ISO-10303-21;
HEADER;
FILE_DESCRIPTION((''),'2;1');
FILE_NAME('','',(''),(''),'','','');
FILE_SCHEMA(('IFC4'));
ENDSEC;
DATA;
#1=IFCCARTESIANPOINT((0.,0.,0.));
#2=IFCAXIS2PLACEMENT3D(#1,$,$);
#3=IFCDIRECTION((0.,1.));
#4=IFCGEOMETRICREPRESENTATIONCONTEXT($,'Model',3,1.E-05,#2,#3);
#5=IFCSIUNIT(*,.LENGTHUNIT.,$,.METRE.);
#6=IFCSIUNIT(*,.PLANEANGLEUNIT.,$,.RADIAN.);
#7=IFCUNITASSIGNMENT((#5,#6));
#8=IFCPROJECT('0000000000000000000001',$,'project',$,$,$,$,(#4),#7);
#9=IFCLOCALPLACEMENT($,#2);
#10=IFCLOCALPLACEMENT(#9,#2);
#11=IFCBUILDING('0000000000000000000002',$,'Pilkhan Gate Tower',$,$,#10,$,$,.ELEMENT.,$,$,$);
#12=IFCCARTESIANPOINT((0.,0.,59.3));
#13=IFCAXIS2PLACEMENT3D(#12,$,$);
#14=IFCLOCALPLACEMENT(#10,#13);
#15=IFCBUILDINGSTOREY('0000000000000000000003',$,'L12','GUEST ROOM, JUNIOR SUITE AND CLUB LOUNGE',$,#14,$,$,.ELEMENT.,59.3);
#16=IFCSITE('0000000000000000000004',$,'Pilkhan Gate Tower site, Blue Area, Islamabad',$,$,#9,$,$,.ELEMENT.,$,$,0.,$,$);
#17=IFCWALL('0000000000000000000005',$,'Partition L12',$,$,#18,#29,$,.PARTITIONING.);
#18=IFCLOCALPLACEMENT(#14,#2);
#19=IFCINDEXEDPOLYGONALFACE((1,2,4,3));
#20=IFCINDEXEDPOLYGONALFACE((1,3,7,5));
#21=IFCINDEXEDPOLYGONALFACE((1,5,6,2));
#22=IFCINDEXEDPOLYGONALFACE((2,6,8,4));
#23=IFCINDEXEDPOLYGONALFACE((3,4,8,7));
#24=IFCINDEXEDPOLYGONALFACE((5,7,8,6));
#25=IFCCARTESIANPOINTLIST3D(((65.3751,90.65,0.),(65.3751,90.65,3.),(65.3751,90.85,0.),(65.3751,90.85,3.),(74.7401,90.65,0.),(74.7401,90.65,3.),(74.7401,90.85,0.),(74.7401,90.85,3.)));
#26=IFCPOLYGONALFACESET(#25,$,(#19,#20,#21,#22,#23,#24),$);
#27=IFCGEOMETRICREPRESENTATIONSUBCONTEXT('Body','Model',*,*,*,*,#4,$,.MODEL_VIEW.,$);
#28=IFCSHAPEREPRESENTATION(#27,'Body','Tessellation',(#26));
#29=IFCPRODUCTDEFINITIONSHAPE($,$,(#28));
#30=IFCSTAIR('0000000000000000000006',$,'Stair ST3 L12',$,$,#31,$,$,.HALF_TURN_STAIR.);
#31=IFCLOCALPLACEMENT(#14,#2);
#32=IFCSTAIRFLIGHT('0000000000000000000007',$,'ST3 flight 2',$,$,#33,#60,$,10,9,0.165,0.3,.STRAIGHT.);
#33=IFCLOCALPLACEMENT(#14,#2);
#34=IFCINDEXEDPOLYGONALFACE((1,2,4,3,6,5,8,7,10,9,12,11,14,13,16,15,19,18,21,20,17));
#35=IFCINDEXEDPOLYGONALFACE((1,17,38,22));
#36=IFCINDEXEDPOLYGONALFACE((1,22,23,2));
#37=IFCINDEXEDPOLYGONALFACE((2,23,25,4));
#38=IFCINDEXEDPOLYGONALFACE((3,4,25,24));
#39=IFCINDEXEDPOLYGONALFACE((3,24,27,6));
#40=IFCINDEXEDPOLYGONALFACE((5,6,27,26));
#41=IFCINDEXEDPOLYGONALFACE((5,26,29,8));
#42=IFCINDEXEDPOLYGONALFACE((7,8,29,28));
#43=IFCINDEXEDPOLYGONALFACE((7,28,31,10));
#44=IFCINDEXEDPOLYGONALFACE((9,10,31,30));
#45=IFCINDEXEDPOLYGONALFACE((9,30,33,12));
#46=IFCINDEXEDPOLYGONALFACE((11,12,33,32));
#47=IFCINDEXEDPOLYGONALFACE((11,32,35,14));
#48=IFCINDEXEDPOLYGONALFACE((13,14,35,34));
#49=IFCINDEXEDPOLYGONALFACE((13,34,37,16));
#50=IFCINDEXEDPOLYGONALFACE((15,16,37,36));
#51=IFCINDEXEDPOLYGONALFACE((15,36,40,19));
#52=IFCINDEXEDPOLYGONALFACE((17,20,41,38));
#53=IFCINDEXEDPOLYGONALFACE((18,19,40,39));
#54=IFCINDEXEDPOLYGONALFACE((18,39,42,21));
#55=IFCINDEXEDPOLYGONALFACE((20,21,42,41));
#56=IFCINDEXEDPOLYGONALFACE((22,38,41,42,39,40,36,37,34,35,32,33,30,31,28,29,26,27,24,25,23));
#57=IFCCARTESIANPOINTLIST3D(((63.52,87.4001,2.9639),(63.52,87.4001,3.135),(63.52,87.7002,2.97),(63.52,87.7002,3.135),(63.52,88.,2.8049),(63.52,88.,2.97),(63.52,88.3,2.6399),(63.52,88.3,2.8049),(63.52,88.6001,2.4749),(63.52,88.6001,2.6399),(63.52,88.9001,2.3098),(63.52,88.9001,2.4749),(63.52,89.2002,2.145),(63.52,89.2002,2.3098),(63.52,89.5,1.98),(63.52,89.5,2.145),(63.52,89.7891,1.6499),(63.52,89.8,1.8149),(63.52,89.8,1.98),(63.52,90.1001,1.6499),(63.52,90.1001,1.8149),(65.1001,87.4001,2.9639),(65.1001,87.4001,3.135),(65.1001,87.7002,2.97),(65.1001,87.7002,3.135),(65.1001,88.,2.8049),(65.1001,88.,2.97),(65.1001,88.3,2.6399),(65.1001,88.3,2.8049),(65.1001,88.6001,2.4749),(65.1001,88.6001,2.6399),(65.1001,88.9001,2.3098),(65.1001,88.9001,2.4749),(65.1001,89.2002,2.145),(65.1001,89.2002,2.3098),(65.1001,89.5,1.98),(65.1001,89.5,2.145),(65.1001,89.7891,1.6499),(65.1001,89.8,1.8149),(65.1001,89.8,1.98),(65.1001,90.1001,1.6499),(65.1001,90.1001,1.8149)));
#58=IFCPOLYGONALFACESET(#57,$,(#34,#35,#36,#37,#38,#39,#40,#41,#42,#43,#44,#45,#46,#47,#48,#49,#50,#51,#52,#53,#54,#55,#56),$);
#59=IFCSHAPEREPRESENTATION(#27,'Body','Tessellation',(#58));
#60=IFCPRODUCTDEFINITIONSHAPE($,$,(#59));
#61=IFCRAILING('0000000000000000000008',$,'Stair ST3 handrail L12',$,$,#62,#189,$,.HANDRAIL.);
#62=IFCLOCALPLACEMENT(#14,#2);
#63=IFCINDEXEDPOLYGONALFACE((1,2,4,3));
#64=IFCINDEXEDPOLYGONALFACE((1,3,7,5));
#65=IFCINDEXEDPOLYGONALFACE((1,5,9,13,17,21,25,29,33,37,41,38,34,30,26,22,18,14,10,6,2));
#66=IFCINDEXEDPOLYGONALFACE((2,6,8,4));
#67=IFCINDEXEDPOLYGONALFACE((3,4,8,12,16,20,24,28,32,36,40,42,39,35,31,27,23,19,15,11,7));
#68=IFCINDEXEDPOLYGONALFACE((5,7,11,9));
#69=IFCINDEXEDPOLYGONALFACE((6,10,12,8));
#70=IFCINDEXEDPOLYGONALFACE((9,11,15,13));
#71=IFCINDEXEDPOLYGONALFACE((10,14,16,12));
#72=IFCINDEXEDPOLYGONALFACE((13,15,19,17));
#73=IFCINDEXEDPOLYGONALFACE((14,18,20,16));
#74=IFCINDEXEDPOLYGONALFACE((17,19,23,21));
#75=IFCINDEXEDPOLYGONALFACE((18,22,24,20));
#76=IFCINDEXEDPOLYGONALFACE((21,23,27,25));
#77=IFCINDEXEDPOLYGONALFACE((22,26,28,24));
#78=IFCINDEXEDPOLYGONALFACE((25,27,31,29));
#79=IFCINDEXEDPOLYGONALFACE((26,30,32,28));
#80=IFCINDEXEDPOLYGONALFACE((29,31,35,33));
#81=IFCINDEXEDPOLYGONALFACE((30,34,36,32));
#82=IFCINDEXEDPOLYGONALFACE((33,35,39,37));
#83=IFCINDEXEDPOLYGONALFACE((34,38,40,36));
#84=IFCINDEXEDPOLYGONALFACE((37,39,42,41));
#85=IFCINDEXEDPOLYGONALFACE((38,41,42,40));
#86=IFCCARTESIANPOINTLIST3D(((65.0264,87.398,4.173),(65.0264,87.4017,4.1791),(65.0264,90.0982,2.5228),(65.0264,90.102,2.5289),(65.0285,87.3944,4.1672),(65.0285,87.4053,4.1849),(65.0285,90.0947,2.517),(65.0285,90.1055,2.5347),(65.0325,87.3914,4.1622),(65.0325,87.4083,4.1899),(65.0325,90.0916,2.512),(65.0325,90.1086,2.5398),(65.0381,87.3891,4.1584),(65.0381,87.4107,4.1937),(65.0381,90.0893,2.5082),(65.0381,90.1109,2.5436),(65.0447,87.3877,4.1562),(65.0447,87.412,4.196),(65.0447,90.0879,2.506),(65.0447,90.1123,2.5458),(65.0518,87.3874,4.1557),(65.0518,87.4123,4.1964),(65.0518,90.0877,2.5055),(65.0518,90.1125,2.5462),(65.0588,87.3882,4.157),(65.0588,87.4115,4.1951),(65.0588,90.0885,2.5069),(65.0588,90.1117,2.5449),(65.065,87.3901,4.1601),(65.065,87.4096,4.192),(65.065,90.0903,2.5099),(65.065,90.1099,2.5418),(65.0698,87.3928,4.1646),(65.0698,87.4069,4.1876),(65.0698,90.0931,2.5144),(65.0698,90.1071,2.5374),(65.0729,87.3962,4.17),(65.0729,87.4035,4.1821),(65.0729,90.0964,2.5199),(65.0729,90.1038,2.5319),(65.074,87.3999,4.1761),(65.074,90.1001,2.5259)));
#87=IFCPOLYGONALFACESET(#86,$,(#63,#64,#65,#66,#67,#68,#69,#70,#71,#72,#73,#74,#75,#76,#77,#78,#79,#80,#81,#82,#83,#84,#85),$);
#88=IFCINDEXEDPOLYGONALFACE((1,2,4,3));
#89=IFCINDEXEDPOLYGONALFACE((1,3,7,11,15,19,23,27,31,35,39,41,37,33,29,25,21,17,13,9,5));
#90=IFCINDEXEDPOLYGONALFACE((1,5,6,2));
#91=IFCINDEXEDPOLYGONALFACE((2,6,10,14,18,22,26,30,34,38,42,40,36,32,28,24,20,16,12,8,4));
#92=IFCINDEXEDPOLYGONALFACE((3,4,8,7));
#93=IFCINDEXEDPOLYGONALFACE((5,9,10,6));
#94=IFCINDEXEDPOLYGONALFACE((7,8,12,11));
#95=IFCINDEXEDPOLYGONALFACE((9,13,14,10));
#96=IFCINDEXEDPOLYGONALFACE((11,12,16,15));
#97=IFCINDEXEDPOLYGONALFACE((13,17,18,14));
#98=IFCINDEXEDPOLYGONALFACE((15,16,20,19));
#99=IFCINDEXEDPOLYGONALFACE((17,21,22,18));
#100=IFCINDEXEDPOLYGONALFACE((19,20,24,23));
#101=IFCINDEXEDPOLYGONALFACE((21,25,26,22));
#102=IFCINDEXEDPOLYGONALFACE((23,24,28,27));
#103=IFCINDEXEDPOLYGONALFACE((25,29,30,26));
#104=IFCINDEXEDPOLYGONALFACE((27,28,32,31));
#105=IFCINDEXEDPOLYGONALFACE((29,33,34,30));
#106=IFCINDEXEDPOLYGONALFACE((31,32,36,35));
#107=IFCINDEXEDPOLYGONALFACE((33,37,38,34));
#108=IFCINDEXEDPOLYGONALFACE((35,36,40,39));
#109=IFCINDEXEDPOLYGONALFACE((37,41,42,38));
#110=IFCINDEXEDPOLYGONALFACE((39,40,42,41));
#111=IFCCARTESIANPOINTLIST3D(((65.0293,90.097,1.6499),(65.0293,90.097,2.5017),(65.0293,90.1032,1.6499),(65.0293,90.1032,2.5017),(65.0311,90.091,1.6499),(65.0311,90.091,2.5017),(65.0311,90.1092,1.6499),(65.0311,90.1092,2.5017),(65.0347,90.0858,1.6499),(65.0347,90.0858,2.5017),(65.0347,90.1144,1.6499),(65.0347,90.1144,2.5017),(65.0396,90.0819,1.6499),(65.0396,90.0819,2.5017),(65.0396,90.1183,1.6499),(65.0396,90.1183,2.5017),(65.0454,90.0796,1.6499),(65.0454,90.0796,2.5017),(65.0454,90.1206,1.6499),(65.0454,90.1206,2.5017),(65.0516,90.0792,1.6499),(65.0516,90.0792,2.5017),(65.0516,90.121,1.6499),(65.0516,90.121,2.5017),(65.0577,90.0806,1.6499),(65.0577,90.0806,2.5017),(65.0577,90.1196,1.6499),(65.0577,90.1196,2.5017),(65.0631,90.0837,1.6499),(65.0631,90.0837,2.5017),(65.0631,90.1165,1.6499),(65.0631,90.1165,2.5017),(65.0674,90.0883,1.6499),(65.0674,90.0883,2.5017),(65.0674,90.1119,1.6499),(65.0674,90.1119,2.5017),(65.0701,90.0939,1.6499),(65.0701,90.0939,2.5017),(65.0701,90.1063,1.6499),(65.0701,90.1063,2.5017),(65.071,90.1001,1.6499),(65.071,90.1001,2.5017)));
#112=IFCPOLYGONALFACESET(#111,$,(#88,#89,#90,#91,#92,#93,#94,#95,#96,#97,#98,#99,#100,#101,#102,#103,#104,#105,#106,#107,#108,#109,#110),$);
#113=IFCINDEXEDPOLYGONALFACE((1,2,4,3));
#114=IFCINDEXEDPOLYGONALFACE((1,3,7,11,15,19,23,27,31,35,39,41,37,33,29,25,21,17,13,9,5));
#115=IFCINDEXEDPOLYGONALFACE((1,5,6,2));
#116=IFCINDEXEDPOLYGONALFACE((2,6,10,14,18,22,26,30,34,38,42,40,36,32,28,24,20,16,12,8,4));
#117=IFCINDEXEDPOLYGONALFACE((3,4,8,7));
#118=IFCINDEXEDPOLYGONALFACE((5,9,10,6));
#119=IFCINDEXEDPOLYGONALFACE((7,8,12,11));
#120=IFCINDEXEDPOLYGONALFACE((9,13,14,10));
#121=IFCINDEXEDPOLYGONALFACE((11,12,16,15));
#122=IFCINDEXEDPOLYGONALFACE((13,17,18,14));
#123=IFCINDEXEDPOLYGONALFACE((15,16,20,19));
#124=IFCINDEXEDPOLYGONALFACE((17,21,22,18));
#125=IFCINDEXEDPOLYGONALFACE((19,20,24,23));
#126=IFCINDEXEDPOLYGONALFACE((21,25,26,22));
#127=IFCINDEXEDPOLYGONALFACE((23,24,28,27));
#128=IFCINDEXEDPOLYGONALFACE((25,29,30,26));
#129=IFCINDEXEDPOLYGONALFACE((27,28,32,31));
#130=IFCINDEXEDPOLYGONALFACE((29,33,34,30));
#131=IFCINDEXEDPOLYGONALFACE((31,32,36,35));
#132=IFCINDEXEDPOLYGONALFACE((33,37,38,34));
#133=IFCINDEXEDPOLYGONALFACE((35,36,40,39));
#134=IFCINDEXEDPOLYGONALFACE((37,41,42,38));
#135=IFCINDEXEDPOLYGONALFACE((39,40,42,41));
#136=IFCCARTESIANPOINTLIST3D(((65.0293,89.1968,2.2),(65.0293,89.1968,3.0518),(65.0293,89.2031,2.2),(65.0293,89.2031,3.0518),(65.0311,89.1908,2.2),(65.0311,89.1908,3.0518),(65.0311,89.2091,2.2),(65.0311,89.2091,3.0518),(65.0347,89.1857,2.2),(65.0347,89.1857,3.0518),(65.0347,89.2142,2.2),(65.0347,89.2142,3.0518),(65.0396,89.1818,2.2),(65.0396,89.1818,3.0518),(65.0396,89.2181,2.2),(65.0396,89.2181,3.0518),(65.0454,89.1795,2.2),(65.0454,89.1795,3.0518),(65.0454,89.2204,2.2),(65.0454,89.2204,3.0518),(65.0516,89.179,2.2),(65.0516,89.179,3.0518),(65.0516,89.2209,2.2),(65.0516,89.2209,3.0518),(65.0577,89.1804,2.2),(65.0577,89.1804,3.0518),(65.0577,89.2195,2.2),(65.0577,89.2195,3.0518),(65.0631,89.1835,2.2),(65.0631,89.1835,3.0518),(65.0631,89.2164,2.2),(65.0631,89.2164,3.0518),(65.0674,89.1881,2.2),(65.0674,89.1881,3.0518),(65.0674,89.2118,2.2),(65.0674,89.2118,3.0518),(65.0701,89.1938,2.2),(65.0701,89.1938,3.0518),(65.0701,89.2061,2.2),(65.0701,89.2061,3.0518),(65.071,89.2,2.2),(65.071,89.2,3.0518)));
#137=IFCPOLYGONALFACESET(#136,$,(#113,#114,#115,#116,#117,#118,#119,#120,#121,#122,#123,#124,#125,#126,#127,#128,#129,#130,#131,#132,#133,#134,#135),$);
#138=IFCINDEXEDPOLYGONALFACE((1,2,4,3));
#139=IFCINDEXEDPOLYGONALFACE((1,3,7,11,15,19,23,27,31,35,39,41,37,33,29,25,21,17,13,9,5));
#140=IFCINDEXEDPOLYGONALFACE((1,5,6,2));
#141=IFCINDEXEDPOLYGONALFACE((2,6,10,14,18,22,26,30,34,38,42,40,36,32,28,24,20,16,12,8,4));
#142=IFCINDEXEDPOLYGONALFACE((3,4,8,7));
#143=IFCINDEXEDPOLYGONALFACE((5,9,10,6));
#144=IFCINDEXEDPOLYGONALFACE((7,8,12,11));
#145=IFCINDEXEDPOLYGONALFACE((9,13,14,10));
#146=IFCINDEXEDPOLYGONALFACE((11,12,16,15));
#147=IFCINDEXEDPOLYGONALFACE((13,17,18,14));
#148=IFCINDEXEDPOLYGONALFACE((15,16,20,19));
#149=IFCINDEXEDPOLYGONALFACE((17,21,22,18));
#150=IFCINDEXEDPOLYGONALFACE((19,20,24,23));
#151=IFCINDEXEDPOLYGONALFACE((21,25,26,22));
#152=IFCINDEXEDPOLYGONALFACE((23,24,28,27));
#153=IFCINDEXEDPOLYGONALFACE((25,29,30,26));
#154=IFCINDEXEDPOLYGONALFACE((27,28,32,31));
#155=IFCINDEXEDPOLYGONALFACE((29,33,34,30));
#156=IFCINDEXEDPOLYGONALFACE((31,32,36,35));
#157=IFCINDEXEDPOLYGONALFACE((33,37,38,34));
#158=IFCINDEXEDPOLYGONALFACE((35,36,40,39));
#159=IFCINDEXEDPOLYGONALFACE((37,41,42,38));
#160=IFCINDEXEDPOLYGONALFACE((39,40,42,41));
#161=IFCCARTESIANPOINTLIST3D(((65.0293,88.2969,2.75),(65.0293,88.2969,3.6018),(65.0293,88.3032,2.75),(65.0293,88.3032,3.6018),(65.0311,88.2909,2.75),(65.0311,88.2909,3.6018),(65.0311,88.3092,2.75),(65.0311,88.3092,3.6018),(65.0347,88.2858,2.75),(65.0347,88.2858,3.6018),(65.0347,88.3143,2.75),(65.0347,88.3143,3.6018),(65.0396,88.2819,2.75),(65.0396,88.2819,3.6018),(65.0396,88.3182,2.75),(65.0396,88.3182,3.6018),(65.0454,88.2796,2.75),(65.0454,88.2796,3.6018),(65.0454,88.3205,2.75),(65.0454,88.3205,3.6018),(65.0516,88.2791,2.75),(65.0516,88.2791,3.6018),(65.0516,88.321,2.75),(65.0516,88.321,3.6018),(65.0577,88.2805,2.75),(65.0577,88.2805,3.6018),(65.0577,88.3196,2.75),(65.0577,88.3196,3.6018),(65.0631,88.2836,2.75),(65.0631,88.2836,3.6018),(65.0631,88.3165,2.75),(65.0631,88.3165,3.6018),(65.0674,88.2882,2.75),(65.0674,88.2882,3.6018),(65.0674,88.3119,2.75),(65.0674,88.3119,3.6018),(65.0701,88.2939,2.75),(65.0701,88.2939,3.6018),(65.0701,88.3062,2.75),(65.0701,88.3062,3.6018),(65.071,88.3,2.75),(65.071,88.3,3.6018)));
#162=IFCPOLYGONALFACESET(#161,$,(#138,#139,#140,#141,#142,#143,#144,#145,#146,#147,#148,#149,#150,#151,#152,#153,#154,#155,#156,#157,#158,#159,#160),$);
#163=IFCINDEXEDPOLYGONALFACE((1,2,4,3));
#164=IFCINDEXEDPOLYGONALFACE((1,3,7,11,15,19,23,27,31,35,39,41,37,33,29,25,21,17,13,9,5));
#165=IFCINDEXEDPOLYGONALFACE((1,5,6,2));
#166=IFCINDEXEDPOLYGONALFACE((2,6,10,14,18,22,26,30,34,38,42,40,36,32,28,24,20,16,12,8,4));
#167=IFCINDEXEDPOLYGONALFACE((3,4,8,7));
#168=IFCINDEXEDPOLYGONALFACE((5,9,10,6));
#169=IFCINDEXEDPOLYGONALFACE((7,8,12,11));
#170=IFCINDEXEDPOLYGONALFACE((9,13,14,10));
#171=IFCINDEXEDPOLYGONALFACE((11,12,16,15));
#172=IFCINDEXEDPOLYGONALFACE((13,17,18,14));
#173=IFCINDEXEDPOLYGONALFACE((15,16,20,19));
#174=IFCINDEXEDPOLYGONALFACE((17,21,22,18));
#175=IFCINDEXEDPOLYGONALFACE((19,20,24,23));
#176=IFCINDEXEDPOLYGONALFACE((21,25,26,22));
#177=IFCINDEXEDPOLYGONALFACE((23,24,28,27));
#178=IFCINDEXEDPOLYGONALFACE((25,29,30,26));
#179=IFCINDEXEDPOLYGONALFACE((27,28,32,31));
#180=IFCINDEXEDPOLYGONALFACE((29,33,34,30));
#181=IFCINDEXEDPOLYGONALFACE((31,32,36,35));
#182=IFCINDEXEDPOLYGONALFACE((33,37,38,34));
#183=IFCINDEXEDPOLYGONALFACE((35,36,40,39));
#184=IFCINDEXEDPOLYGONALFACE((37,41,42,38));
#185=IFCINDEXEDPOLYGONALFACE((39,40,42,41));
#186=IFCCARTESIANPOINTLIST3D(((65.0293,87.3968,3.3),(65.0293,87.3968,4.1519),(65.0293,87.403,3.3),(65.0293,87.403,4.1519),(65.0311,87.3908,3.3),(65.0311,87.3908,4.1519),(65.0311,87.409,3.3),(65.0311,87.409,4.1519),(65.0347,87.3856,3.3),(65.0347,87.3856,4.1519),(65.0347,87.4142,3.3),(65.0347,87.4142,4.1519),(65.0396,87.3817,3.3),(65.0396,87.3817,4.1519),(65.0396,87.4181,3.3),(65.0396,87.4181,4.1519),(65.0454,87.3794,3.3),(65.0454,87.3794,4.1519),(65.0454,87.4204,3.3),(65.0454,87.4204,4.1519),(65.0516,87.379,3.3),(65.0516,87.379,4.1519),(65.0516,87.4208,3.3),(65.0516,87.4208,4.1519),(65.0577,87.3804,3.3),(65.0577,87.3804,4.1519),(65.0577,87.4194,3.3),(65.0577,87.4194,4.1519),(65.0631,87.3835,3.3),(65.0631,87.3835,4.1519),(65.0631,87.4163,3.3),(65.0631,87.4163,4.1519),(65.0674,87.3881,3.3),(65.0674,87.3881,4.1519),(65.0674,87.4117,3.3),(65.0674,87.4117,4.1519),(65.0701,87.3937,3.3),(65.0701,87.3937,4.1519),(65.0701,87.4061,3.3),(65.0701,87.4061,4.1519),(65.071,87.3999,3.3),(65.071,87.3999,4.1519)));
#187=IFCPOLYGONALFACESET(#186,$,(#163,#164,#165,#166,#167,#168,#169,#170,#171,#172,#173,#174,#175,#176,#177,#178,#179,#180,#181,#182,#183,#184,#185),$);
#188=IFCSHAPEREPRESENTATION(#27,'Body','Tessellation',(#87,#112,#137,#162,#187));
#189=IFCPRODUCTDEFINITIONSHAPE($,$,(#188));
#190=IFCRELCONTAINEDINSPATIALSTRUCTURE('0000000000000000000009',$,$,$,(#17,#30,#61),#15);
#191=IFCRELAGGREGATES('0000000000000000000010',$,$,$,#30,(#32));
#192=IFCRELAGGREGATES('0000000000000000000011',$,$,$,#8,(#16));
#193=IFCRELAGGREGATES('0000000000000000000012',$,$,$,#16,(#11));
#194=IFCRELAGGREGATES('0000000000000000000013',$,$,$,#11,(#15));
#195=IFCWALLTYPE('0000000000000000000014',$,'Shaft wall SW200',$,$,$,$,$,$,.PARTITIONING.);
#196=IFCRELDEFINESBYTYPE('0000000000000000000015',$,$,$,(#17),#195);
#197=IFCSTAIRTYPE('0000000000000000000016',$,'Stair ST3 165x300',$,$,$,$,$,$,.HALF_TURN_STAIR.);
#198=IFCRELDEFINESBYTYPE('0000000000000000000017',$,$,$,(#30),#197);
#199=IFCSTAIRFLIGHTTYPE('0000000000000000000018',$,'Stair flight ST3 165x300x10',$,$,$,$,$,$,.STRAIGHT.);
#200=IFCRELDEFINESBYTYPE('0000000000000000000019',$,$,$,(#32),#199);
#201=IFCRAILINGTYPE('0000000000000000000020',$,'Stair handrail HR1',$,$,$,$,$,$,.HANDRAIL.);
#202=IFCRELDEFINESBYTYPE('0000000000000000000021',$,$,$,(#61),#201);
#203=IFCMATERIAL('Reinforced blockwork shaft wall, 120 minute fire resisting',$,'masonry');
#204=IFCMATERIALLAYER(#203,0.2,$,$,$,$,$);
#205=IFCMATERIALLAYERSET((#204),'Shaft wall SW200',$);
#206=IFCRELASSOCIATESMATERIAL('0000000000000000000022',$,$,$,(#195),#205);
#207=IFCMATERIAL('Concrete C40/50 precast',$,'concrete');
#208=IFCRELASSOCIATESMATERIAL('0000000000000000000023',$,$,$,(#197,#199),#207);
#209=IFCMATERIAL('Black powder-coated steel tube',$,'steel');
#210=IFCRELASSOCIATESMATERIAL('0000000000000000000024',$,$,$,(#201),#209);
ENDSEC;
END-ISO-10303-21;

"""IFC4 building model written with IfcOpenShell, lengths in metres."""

from ifc_helpers import new_model, si_unit, direction, frame, frame_2d, origin, origin_2d, place, context, subcontext, project, spatial, polyline, rectangle, circle, outline, extrude, material, layer, layer_set, type_object, element, aggregate, save


model = new_model("IFC4")

# Units and contexts
model_context = context("Model", 3, precision=1e-05, world=origin(), true_north=direction((0.0, 1.0)))
body_context = subcontext(model_context, "Body", "Model", "MODEL_VIEW")
ifc_project = project(units=[si_unit("LENGTHUNIT", "METRE"), si_unit("PLANEANGLEUNIT", "RADIAN")], contexts=[model_context])

# Site, building, storey
site_placement = place(None, origin())
site = spatial("IfcSite", under=ifc_project, at=site_placement, Name="Pilkhan Gate Tower site, Blue Area, Islamabad", CompositionType="ELEMENT", RefElevation=0.0)
building_placement = place(site_placement, origin())
building = spatial("IfcBuilding", under=site, at=building_placement, Name="Pilkhan Gate Tower", CompositionType="ELEMENT")
storey_placement = place(building_placement, frame((0.0, 0.0, 59.3)))
storey = spatial("IfcBuildingStorey", under=building, at=storey_placement, Name="L12", Description="GUEST ROOM, JUNIOR SUITE AND CLUB LOUNGE", CompositionType="ELEMENT", Elevation=59.3)

# Wall
ifc_material_1 = material(Name="Reinforced blockwork shaft wall, 120 minute fire resisting", Category="masonry")
ifc_layer_1 = layer(ifc_material_1, 0.2)
ifc_layer_set_1 = layer_set([ifc_layer_1], Name="Shaft wall SW200")
wall_type_1 = type_object("IfcWallType", Name="Shaft wall SW200", PredefinedType="PARTITIONING", material=ifc_layer_set_1)
wall_1_placement = place(storey_placement, frame((65.375, 90.75, 0.0), z_axis=(0.0, 0.0, 1.0), x_axis=(1.0, 0.0, 0.0)))
element("IfcWall", 1, at=wall_1_placement, inside=storey, type_object=wall_type_1, Name="Partition L12", PredefinedType="PARTITIONING", context=body_context, shape_type="SweptSolid", body=[
    extrude(rectangle(XDim=9.365, YDim=0.2, at=frame_2d((4.6826, 0.0))), origin(), (0.0, 0.0, 1.0), 3.0),
])

# Stair, stair flight
ifc_material_2 = material(Name="Concrete C40/50 precast", Category="concrete")
stair_type = type_object("IfcStairType", Name="Stair ST3 165x300", PredefinedType="HALF_TURN_STAIR", material=ifc_material_2)
stair_placement = place(storey_placement, origin())
stair = element("IfcStair", 2, at=stair_placement, inside=storey, type_object=stair_type, Name="Stair ST3 L12", PredefinedType="HALF_TURN_STAIR")
stair_flight_type = type_object("IfcStairFlightType", Name="Stair flight ST3 165x300x10", PredefinedType="STRAIGHT", material=ifc_material_2)
stair_flight_placement = place(storey_placement, frame((64.3101, 90.1001, 1.6499), z_axis=(0.0, 0.0, 1.0), x_axis=(0.0, -1.0, 0.0)))
stair_flight = element("IfcStairFlight", 3, at=stair_flight_placement, type_object=stair_flight_type, Name="ST3 flight 2", NumberOfRisers=10, NumberOfTreads=9, PredefinedType="STRAIGHT", RiserHeight=0.165, TreadLength=0.3, context=body_context, shape_type="SweptSolid", body=[
    extrude(outline(polyline([(0.0, 0.0), (0.0, 0.165), (0.3, 0.165), (0.3, 0.3301), (0.6001, 0.3301), (0.6001, 0.4951), (0.8999, 0.4951), (0.8999, 0.6599), (1.2, 0.6599), (1.2, 0.825), (1.5, 0.825), (1.5, 0.99), (1.8, 0.99), (1.8, 1.155), (2.1001, 1.155), (2.1001, 1.3201), (2.3999, 1.3201), (2.3999, 1.4851), (2.7, 1.4851), (2.7, 1.6499), (2.7, 1.314), (0.311, 0.0), (0.0, 0.0)])), frame((0.0, 0.79, 0.0), z_axis=(0.0, -1.0, 0.0), x_axis=(1.0, 0.0, 0.0)), (0.0, 0.0, 1.0), 1.5801),
])
aggregate(stair, [stair_flight])

# Railing
ifc_material_3 = material(Name="Black powder-coated steel tube", Category="steel")
railing_type_1 = type_object("IfcRailingType", Name="Stair handrail HR1", PredefinedType="HANDRAIL", material=ifc_material_3)
railing_1_placement = place(storey_placement, frame((65.05, 90.1001, 1.6499)))
element("IfcRailing", 4, at=railing_1_placement, inside=storey, type_object=railing_type_1, Name="Stair ST3 handrail L12", PredefinedType="HANDRAIL", context=body_context, shape_type="SweptSolid", body=[
    extrude(circle(Radius=0.0239, at=origin_2d()), frame((0.0, 0.0, 0.876), z_axis=(0.0, -0.853278, 0.521456), x_axis=(1.0, 0.0, 0.0)), (0.0, 0.0, 1.0), 3.1646),
    extrude(circle(Radius=0.021, at=origin_2d()), origin(), (0.0, 0.0, 1.0), 0.8518),
    extrude(circle(Radius=0.021, at=origin_2d()), frame((0.0, -0.9001, 0.55)), (0.0, 0.0, 1.0), 0.8518),
    extrude(circle(Radius=0.021, at=origin_2d()), frame((0.0, -1.8, 1.1001)), (0.0, 0.0, 1.0), 0.8518),
    extrude(circle(Radius=0.021, at=origin_2d()), frame((0.0, -2.7002, 1.6501)), (0.0, 0.0, 1.0), 0.8518),
])

save(model, "model.ifc")
